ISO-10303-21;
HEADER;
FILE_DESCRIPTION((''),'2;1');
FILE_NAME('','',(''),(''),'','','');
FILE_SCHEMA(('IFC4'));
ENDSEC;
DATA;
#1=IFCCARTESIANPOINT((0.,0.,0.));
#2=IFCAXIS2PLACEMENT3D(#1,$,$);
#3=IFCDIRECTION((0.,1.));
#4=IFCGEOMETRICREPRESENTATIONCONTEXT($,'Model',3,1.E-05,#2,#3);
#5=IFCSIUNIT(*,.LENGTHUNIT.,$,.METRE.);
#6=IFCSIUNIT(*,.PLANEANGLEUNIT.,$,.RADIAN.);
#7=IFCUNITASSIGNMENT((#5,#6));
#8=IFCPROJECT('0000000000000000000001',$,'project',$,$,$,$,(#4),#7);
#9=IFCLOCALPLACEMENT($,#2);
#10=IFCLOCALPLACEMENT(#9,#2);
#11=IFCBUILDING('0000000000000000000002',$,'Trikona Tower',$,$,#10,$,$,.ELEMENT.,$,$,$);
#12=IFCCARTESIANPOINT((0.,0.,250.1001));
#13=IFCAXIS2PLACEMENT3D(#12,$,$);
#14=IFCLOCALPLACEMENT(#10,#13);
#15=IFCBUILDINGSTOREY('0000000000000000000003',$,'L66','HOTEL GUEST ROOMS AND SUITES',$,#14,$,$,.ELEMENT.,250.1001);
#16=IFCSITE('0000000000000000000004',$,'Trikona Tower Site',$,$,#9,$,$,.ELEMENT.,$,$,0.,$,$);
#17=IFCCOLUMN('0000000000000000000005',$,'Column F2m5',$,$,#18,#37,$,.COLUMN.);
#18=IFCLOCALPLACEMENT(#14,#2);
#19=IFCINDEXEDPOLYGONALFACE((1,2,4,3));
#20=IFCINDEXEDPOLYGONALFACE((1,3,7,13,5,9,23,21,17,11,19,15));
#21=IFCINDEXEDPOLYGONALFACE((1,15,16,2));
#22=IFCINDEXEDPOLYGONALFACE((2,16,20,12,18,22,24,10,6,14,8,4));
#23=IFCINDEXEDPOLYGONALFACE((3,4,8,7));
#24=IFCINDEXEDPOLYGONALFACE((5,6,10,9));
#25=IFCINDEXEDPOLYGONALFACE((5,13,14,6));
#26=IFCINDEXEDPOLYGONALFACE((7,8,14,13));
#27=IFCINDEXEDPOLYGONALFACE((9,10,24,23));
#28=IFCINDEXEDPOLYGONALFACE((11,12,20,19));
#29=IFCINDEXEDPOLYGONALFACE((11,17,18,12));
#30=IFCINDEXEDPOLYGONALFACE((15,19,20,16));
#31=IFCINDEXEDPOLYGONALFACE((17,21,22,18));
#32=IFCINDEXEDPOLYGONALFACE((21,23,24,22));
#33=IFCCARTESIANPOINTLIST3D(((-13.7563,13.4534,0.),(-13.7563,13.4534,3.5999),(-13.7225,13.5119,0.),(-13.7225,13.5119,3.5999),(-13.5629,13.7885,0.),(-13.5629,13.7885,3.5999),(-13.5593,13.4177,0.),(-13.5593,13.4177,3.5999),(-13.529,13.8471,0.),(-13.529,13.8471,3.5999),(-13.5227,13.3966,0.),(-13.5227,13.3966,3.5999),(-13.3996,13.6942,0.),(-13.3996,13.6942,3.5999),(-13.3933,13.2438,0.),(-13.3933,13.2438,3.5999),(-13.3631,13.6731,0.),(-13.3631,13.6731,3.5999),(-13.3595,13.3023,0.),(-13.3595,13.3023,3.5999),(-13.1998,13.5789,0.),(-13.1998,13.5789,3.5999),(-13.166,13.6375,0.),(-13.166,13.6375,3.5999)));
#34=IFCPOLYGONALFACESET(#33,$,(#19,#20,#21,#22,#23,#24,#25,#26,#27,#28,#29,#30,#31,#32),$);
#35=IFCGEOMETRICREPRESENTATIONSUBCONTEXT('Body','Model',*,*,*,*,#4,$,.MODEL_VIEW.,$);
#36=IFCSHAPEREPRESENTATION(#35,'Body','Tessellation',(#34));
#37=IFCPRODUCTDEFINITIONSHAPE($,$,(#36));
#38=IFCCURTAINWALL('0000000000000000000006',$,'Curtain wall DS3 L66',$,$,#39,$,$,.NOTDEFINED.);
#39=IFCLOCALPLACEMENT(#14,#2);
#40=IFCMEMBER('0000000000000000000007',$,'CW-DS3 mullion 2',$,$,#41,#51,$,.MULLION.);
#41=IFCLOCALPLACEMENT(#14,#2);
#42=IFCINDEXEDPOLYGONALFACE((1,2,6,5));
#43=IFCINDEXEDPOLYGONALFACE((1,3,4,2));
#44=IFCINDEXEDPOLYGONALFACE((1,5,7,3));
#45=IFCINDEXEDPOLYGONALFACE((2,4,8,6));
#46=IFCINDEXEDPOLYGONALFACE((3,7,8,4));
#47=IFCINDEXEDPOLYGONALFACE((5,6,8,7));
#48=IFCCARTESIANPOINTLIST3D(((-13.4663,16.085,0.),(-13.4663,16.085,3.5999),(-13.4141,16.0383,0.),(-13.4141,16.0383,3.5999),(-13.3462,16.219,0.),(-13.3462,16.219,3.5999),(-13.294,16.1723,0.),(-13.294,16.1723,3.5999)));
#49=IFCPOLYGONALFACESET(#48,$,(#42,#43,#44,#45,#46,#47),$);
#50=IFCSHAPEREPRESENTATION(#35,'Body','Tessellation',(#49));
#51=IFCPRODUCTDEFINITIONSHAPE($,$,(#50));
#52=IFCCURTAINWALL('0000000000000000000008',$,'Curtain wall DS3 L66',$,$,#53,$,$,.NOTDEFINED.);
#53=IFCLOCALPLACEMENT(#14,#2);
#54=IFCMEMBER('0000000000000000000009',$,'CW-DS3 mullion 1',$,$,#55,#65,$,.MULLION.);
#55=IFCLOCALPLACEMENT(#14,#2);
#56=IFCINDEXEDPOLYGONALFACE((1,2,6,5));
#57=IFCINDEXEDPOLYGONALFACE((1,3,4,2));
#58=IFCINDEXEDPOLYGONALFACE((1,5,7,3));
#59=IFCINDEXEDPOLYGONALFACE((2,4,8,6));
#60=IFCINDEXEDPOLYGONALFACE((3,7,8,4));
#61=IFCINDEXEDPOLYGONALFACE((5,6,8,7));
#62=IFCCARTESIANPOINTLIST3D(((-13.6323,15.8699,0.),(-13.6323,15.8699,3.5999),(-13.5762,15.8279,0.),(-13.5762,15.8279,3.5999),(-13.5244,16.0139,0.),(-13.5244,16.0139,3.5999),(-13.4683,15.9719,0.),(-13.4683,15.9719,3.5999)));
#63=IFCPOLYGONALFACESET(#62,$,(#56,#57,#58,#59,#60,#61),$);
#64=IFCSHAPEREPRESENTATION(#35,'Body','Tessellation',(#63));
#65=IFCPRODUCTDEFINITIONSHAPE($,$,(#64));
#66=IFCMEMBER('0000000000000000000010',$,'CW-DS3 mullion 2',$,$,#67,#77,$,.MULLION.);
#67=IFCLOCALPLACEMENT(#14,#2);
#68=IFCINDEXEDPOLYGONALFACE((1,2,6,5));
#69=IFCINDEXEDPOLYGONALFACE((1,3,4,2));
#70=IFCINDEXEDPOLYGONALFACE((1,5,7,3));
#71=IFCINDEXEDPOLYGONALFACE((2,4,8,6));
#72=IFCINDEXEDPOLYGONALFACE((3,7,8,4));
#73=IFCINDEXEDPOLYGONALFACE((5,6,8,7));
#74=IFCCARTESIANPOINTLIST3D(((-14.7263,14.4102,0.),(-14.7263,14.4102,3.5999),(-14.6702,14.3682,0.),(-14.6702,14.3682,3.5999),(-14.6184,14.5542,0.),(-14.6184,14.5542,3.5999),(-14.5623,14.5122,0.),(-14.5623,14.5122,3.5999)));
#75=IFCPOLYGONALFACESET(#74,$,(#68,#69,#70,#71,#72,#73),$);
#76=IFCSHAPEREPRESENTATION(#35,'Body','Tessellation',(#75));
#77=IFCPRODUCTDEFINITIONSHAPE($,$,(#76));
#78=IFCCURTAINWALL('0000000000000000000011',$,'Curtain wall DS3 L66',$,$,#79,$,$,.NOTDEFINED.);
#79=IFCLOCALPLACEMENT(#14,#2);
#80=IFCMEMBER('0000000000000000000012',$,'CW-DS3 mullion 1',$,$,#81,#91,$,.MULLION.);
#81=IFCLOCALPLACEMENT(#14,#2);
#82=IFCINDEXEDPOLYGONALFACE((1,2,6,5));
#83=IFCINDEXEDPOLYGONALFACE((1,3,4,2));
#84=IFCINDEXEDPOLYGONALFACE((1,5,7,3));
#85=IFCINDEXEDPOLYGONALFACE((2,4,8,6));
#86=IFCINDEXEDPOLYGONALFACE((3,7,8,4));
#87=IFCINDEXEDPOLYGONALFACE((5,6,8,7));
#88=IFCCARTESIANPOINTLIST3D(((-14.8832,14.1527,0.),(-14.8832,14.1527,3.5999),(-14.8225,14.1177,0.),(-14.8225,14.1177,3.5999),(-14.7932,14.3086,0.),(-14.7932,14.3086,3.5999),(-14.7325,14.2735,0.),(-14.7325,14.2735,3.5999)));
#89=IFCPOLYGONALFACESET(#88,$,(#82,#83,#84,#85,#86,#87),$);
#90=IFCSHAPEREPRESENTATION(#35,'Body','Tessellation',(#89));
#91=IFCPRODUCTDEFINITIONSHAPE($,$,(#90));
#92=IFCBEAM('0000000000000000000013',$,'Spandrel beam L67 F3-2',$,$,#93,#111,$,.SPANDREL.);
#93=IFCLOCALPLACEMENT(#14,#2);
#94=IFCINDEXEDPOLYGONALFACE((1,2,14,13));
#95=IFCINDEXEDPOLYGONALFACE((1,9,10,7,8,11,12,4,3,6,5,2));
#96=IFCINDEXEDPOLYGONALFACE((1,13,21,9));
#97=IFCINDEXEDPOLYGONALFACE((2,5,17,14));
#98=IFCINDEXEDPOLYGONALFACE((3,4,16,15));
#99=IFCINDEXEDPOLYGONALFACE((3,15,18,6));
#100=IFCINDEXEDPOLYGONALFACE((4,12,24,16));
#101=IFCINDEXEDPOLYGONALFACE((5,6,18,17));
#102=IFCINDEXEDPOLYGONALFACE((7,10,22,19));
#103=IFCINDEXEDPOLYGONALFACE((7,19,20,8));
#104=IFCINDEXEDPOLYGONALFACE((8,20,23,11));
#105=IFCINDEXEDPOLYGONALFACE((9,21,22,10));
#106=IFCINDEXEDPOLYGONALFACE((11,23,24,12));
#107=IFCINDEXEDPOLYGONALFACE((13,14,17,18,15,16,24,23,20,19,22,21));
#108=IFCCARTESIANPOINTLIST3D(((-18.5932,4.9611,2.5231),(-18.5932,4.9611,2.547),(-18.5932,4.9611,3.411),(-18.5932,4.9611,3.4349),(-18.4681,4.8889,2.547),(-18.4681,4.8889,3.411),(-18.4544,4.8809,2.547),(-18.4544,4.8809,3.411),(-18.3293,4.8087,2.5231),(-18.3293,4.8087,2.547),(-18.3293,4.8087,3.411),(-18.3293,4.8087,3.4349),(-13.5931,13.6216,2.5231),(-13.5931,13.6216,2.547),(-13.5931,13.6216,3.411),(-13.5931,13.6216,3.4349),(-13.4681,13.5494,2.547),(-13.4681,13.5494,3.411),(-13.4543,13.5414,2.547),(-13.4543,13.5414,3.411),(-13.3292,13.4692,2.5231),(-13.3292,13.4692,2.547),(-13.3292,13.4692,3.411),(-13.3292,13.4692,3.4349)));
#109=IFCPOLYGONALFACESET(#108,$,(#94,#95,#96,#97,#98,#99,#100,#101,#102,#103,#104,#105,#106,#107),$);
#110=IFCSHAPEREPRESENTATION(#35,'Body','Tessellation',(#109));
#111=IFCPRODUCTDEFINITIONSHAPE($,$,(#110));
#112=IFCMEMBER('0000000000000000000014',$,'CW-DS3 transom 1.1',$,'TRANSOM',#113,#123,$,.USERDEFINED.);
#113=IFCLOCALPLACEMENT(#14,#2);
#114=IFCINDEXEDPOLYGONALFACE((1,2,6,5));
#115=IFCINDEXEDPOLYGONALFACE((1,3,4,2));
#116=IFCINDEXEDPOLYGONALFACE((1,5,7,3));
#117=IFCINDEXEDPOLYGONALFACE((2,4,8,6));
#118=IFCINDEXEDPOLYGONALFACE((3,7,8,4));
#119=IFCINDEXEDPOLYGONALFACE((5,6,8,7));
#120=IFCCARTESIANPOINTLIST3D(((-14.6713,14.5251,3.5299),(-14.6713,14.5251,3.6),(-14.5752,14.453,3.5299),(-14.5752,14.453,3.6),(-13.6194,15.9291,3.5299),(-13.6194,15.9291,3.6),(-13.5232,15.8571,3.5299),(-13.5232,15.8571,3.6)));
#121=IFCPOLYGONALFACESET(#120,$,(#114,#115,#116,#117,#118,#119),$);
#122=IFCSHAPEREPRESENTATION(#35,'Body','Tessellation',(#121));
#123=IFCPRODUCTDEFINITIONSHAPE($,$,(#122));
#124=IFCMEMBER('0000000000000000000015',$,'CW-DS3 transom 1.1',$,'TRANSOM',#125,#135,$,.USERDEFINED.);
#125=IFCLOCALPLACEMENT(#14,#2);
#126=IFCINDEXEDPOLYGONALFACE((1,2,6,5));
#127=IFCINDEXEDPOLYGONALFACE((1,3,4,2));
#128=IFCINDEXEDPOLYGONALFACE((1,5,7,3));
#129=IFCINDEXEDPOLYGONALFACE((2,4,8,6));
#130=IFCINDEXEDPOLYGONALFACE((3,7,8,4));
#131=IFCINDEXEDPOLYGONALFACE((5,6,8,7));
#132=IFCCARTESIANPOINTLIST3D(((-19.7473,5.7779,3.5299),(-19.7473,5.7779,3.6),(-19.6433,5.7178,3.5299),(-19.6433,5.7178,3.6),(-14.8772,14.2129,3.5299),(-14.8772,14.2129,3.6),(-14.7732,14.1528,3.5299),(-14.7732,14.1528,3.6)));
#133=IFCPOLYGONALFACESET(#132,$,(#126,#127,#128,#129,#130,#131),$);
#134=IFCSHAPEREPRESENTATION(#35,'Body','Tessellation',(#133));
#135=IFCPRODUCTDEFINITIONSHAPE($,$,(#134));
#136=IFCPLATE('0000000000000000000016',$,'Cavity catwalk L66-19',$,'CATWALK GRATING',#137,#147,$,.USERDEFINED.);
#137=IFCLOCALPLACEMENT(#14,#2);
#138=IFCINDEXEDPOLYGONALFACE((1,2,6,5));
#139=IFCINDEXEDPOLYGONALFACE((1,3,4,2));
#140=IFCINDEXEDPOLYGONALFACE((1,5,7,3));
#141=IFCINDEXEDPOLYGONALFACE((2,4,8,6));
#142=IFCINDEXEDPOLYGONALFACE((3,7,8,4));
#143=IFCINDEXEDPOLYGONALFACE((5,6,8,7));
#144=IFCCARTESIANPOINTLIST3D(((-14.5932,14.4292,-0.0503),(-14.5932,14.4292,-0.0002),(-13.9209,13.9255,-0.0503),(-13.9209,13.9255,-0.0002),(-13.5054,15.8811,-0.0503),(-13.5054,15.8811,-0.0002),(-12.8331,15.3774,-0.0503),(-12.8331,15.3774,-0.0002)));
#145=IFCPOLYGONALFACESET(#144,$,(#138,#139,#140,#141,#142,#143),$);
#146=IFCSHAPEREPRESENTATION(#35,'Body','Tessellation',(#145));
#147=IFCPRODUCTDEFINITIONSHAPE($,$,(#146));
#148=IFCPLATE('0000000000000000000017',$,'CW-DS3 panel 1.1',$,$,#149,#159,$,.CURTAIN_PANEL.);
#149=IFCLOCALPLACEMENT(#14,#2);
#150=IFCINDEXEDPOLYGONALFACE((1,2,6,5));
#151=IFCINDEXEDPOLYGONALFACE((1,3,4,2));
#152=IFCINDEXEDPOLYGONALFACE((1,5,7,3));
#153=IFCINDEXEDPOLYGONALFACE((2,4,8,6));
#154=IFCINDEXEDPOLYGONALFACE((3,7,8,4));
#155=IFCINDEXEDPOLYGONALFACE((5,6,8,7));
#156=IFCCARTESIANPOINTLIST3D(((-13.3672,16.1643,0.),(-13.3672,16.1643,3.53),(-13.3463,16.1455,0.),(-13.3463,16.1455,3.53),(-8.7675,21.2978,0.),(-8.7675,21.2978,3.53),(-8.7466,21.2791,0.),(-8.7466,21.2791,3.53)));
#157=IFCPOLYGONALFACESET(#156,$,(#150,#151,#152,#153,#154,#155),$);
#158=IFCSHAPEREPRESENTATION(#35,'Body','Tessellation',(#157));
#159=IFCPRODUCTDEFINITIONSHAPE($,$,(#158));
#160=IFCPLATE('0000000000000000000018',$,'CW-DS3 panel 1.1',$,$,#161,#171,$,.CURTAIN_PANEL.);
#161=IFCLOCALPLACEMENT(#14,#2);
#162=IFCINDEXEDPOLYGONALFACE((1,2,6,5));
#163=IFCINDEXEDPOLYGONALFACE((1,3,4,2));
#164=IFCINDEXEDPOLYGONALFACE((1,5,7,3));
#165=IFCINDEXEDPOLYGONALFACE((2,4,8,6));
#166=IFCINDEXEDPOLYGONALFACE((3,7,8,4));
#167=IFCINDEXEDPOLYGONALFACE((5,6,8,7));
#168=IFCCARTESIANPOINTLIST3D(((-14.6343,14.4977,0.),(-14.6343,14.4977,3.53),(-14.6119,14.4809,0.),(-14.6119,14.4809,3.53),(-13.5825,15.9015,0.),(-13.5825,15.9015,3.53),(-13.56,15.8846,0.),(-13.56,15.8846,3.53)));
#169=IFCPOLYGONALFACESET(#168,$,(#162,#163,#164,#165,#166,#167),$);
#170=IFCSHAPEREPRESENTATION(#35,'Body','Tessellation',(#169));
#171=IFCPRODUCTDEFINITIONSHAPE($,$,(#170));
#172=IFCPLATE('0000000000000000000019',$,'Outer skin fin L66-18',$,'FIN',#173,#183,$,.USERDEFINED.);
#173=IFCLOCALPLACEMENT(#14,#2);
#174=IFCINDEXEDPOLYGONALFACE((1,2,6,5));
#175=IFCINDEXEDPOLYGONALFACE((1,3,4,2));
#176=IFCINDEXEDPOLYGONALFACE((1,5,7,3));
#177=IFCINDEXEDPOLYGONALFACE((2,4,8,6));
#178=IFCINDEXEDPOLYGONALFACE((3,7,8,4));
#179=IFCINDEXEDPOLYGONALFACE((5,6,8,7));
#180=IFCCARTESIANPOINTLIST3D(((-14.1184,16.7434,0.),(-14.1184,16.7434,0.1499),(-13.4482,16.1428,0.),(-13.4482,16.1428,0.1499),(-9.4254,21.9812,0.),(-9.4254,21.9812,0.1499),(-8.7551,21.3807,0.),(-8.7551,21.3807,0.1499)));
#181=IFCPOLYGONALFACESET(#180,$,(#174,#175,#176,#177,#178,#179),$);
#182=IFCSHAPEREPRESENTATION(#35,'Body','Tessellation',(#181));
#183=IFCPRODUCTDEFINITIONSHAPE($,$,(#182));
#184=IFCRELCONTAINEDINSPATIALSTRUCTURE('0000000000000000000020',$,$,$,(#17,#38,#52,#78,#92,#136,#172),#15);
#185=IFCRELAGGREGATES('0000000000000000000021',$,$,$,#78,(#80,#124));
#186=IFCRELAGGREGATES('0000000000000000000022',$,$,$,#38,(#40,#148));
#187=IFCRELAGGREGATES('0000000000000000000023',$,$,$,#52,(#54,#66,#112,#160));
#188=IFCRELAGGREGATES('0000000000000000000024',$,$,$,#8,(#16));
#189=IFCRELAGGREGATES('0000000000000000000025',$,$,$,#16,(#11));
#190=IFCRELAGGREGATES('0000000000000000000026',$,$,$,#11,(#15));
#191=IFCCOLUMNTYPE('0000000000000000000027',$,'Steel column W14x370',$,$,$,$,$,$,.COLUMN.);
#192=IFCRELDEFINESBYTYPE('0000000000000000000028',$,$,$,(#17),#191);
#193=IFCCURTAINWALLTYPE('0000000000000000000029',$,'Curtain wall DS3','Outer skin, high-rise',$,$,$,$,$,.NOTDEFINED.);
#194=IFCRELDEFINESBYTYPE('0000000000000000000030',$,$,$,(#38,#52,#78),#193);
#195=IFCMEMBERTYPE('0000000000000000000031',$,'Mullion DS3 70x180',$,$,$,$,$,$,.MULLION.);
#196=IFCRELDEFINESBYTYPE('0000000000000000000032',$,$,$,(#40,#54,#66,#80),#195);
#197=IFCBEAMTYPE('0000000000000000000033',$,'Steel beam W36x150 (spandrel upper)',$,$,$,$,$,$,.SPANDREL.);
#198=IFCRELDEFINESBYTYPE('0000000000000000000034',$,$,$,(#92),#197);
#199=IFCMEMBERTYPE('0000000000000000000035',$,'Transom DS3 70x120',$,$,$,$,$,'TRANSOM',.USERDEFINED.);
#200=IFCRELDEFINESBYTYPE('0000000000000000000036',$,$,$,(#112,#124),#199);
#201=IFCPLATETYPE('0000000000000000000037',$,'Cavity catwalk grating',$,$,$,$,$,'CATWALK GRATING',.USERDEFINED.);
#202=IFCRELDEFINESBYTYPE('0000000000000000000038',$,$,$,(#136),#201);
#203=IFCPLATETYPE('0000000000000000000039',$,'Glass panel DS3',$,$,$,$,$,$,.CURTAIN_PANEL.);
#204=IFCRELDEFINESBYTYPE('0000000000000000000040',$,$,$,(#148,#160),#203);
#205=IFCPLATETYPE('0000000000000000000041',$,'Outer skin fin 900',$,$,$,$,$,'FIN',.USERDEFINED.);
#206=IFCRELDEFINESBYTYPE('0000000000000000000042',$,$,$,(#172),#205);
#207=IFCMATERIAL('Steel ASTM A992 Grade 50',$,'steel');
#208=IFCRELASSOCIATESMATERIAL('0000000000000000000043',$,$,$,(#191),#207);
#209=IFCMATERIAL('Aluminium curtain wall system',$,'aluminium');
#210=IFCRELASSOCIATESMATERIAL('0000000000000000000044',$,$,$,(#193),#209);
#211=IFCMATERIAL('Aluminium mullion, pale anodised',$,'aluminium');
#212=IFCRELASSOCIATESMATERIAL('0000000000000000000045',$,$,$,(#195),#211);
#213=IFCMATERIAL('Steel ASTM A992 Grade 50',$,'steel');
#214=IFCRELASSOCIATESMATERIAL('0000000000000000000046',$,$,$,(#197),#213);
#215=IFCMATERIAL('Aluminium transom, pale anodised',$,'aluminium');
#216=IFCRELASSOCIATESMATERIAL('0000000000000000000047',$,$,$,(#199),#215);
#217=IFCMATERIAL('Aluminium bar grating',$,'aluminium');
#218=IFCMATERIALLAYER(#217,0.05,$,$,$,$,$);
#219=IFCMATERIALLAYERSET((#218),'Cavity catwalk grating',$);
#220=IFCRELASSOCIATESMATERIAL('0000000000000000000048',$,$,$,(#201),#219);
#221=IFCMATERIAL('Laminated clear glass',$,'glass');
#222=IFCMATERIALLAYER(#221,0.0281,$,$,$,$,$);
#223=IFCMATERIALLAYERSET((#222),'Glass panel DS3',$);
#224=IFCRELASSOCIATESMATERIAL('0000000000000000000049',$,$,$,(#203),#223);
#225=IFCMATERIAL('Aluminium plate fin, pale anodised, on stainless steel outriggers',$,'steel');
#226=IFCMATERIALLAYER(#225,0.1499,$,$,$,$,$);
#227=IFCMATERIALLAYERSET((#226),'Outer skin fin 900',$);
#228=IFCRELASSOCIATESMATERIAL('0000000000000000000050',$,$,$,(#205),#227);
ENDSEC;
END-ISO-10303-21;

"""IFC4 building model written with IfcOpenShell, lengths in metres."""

from ifc_helpers import new_model, si_unit, direction, frame, origin, origin_2d, place, context, subcontext, project, spatial, rectangle, i_section, extrude, material, layer, layer_set, material_profile, profile_set, type_object, element, aggregate, save


model = new_model("IFC4")

# Units and contexts
model_context = context("Model", 3, precision=1e-05, world=origin(), true_north=direction((0.0, 1.0)))
body_context = subcontext(model_context, "Body", "Model", "MODEL_VIEW")
ifc_project = project(units=[si_unit("LENGTHUNIT", "METRE"), si_unit("PLANEANGLEUNIT", "RADIAN")], contexts=[model_context])

# Site, building, storey
site_placement = place(None, origin())
site = spatial("IfcSite", under=ifc_project, at=site_placement, Name="Trikona Tower Site", CompositionType="ELEMENT", RefElevation=0.0)
building_placement = place(site_placement, origin())
building = spatial("IfcBuilding", under=site, at=building_placement, Name="Trikona Tower", CompositionType="ELEMENT")
storey_placement = place(building_placement, frame((0.0, 0.0, 250.1001)))
storey = spatial("IfcBuildingStorey", under=building, at=storey_placement, Name="L66", Description="HOTEL GUEST ROOMS AND SUITES", CompositionType="ELEMENT", Elevation=250.1001)

# Column
ifc_material_1 = material(Name="Steel ASTM A992 Grade 50", Category="steel")
ifc_material_profile_1 = material_profile(ifc_material_1, i_section(OverallWidth=0.4192, OverallDepth=0.4546, WebThickness=0.0422, FlangeThickness=0.0676, at=origin_2d()), Name="W14X370")
ifc_profile_set_1 = profile_set([ifc_material_profile_1], Name="Steel ASTM A992 Grade 50")
column_type = type_object("IfcColumnType", Name="Steel column W14x370", PredefinedType="COLUMN", material=ifc_profile_set_1)
column_placement = place(storey_placement, frame((-13.4612, 13.5454, 0.0), z_axis=(0.0, 0.0, 1.0), x_axis=(-0.866025, 0.5, 0.0)))
element("IfcColumn", 1, at=column_placement, inside=storey, type_object=column_type, Name="Column F2m5", PredefinedType="COLUMN", context=body_context, shape_type="SweptSolid", body=[
    extrude(i_section(OverallWidth=0.4192, OverallDepth=0.4546, WebThickness=0.0422, FlangeThickness=0.0676, at=origin_2d()), origin(), (0.0, 0.0, 1.0), 3.5999),
])

# Curtain wall, member
ifc_material_2 = material(Name="Aluminium curtain wall system", Category="aluminium")
curtain_wall_type = type_object("IfcCurtainWallType", Name="Curtain wall DS3", Description="Outer skin, high-rise", PredefinedType="NOTDEFINED", material=ifc_material_2)
curtain_wall_1_placement = place(storey_placement, origin())
curtain_wall_1 = element("IfcCurtainWall", 2, at=curtain_wall_1_placement, inside=storey, type_object=curtain_wall_type, Name="Curtain wall DS3 L66", PredefinedType="NOTDEFINED")
ifc_material_3 = material(Name="Aluminium mullion, pale anodised", Category="aluminium")
ifc_material_profile_2 = material_profile(ifc_material_3, rectangle(XDim=0.0701, YDim=0.1799, at=origin_2d()), Name="MUL-DS3")
ifc_profile_set_2 = profile_set([ifc_material_profile_2], Name="Aluminium mullion, pale anodised")
member_type_1 = type_object("IfcMemberType", Name="Mullion DS3 70x180", PredefinedType="MULLION", material=ifc_profile_set_2)
member_1_placement = place(storey_placement, frame((-13.3801, 16.1287, 0.0), z_axis=(0.0, 0.0, 1.0), x_axis=(0.744771, -0.66732, 0.0)))
member_1 = element("IfcMember", 3, at=member_1_placement, type_object=member_type_1, Name="CW-DS3 mullion 2", PredefinedType="MULLION", context=body_context, shape_type="SweptSolid", body=[
    extrude(rectangle(XDim=0.0701, YDim=0.1799, at=origin_2d()), origin(), (0.0, 0.0, 1.0), 3.5999),
])

# Curtain wall, members
curtain_wall_2_placement = place(storey_placement, origin())
curtain_wall_2 = element("IfcCurtainWall", 4, at=curtain_wall_2_placement, inside=storey, type_object=curtain_wall_type, Name="Curtain wall DS3 L66", PredefinedType="NOTDEFINED")
member_2_placement = place(storey_placement, frame((-13.5503, 15.9209, 0.0), z_axis=(0.0, 0.0, 1.0), x_axis=(0.80026, -0.599654, 0.0)))
member_2 = element("IfcMember", 5, at=member_2_placement, type_object=member_type_1, Name="CW-DS3 mullion 1", PredefinedType="MULLION", context=body_context, shape_type="SweptSolid", body=[
    extrude(rectangle(XDim=0.0701, YDim=0.1799, at=origin_2d()), origin(), (0.0, 0.0, 1.0), 3.5999),
])
member_3_placement = place(storey_placement, frame((-14.6443, 14.4612, 0.0), z_axis=(0.0, 0.0, 1.0), x_axis=(0.80026, -0.599654, 0.0)))
member_3 = element("IfcMember", 6, at=member_3_placement, type_object=member_type_1, Name="CW-DS3 mullion 2", PredefinedType="MULLION", context=body_context, shape_type="SweptSolid", body=[
    extrude(rectangle(XDim=0.0701, YDim=0.1799, at=origin_2d()), origin(), (0.0, 0.0, 1.0), 3.5999),
])

# Curtain wall, member
curtain_wall_3_placement = place(storey_placement, origin())
curtain_wall_3 = element("IfcCurtainWall", 7, at=curtain_wall_3_placement, inside=storey, type_object=curtain_wall_type, Name="Curtain wall DS3 L66", PredefinedType="NOTDEFINED")
member_4_placement = place(storey_placement, frame((-14.8079, 14.2131, 0.0), z_axis=(0.0, 0.0, 1.0), x_axis=(0.866025, -0.500001, 0.0)))
member_4 = element("IfcMember", 8, at=member_4_placement, type_object=member_type_1, Name="CW-DS3 mullion 1", PredefinedType="MULLION", context=body_context, shape_type="SweptSolid", body=[
    extrude(rectangle(XDim=0.0701, YDim=0.1799, at=origin_2d()), origin(), (0.0, 0.0, 1.0), 3.5999),
])

# Beam
ifc_material_4 = material(Name="Steel ASTM A992 Grade 50", Category="steel")
ifc_material_profile_3 = material_profile(ifc_material_4, i_section(OverallWidth=0.3047, OverallDepth=0.9119, WebThickness=0.0159, FlangeThickness=0.0239, at=origin_2d()), Name="W36X150")
ifc_profile_set_3 = profile_set([ifc_material_profile_3], Name="Steel ASTM A992 Grade 50")
beam_type = type_object("IfcBeamType", Name="Steel beam W36x150 (spandrel upper)", PredefinedType="SPANDREL", material=ifc_profile_set_3)
beam_placement = place(storey_placement, frame((-13.4612, 13.5454, 2.979), z_axis=(-0.499994, -0.866029, 0.0), x_axis=(0.866029, -0.499994, 0.0)))
element("IfcBeam", 9, at=beam_placement, inside=storey, type_object=beam_type, Name="Spandrel beam L67 F3-2", PredefinedType="SPANDREL", context=body_context, shape_type="SweptSolid", body=[
    extrude(i_section(OverallWidth=0.3047, OverallDepth=0.9119, WebThickness=0.0159, FlangeThickness=0.0239, at=origin_2d()), origin(), (0.0, 0.0, 1.0), 10.0002),
])

# Members
ifc_material_5 = material(Name="Aluminium transom, pale anodised", Category="aluminium")
ifc_material_profile_4 = material_profile(ifc_material_5, rectangle(XDim=0.1201, YDim=0.0701, at=origin_2d()), Name="TRN-DS3")
ifc_profile_set_4 = profile_set([ifc_material_profile_4], Name="Aluminium transom, pale anodised")
member_type_2 = type_object("IfcMemberType", Name="Transom DS3 70x120", ElementType="TRANSOM", PredefinedType="USERDEFINED", material=ifc_profile_set_4)
member_5_placement = place(storey_placement, frame((-13.5713, 15.8931, 3.5649), z_axis=(-0.599621, -0.800284, 0.0), x_axis=(0.800284, -0.599621, 0.0)))
member_5 = element("IfcMember", 10, at=member_5_placement, type_object=member_type_2, Name="CW-DS3 transom 1.1", ObjectType="TRANSOM", PredefinedType="USERDEFINED", context=body_context, shape_type="SweptSolid", body=[
    extrude(rectangle(XDim=0.1201, YDim=0.0701, at=origin_2d()), origin(), (0.0, 0.0, 1.0), 1.7544),
])
member_6_placement = place(storey_placement, frame((-14.8252, 14.1829, 3.5649), z_axis=(-0.50001, -0.866019, 0.0), x_axis=(0.866019, -0.50001, 0.0)))
member_6 = element("IfcMember", 11, at=member_6_placement, type_object=member_type_2, Name="CW-DS3 transom 1.1", ObjectType="TRANSOM", PredefinedType="USERDEFINED", context=body_context, shape_type="SweptSolid", body=[
    extrude(rectangle(XDim=0.1201, YDim=0.0701, at=origin_2d()), origin(), (0.0, 0.0, 1.0), 9.74),
])
aggregate(curtain_wall_3, [member_4, member_6])

# Plates
ifc_material_6 = material(Name="Aluminium bar grating", Category="aluminium")
ifc_layer_1 = layer(ifc_material_6, 0.05)
ifc_layer_set_1 = layer_set([ifc_layer_1], Name="Cavity catwalk grating")
plate_type_1 = type_object("IfcPlateType", Name="Cavity catwalk grating", ElementType="CATWALK GRATING", PredefinedType="USERDEFINED", material=ifc_layer_set_1)
plate_1_placement = place(storey_placement, frame((-13.7131, 14.9033, -0.0503), z_axis=(0.0, 0.0, 1.0), x_axis=(-0.599619, -0.800286, 0.0)))
element("IfcPlate", 12, at=plate_1_placement, inside=storey, type_object=plate_type_1, Name="Cavity catwalk L66-19", ObjectType="CATWALK GRATING", PredefinedType="USERDEFINED", context=body_context, shape_type="SweptSolid", body=[
    extrude(rectangle(XDim=1.8142, YDim=0.8401, at=origin_2d()), origin(), (0.0, 0.0, 1.0), 0.05),
])
ifc_material_7 = material(Name="Laminated clear glass", Category="glass")
ifc_layer_2 = layer(ifc_material_7, 0.0281)
ifc_layer_set_2 = layer_set([ifc_layer_2], Name="Glass panel DS3")
plate_type_2 = type_object("IfcPlateType", Name="Glass panel DS3", PredefinedType="CURTAIN_PANEL", material=ifc_layer_set_2)
plate_2_placement = place(storey_placement, frame((-11.0569, 18.7217, 0.0), z_axis=(0.0, 0.0, 1.0), x_axis=(-0.66732, -0.744771, 0.0)))
plate_2 = element("IfcPlate", 13, at=plate_2_placement, type_object=plate_type_2, Name="CW-DS3 panel 1.1", PredefinedType="CURTAIN_PANEL", context=body_context, shape_type="SweptSolid", body=[
    extrude(rectangle(XDim=6.8928, YDim=0.0281, at=origin_2d()), origin(), (0.0, 0.0, 1.0), 3.53),
])
aggregate(curtain_wall_1, [member_1, plate_2])
plate_3_placement = place(storey_placement, frame((-14.0972, 15.1912, 0.0), z_axis=(0.0, 0.0, 1.0), x_axis=(-0.599654, -0.80026, 0.0)))
plate_3 = element("IfcPlate", 14, at=plate_3_placement, type_object=plate_type_2, Name="CW-DS3 panel 1.1", PredefinedType="CURTAIN_PANEL", context=body_context, shape_type="SweptSolid", body=[
    extrude(rectangle(XDim=1.7542, YDim=0.0281, at=origin_2d()), origin(), (0.0, 0.0, 1.0), 3.53),
])
aggregate(curtain_wall_2, [member_2, member_3, member_5, plate_3])

# Plate
ifc_material_8 = material(Name="Aluminium plate fin, pale anodised, on stainless steel outriggers", Category="steel")
ifc_layer_3 = layer(ifc_material_8, 0.1499)
ifc_layer_set_3 = layer_set([ifc_layer_3], Name="Outer skin fin 900")
plate_type_3 = type_object("IfcPlateType", Name="Outer skin fin 900", ElementType="FIN", PredefinedType="USERDEFINED", material=ifc_layer_set_3)
plate_4_placement = place(storey_placement, frame((-11.4368, 19.062, 0.0), z_axis=(0.0, 0.0, 1.0), x_axis=(-0.667311, -0.744779, 0.0)))
element("IfcPlate", 15, at=plate_4_placement, inside=storey, type_object=plate_type_3, Name="Outer skin fin L66-18", ObjectType="FIN", PredefinedType="USERDEFINED", context=body_context, shape_type="SweptSolid", body=[
    extrude(rectangle(XDim=7.0327, YDim=0.8999, at=origin_2d()), origin(), (0.0, 0.0, 1.0), 0.1499),
])

save(model, "model.ifc")
